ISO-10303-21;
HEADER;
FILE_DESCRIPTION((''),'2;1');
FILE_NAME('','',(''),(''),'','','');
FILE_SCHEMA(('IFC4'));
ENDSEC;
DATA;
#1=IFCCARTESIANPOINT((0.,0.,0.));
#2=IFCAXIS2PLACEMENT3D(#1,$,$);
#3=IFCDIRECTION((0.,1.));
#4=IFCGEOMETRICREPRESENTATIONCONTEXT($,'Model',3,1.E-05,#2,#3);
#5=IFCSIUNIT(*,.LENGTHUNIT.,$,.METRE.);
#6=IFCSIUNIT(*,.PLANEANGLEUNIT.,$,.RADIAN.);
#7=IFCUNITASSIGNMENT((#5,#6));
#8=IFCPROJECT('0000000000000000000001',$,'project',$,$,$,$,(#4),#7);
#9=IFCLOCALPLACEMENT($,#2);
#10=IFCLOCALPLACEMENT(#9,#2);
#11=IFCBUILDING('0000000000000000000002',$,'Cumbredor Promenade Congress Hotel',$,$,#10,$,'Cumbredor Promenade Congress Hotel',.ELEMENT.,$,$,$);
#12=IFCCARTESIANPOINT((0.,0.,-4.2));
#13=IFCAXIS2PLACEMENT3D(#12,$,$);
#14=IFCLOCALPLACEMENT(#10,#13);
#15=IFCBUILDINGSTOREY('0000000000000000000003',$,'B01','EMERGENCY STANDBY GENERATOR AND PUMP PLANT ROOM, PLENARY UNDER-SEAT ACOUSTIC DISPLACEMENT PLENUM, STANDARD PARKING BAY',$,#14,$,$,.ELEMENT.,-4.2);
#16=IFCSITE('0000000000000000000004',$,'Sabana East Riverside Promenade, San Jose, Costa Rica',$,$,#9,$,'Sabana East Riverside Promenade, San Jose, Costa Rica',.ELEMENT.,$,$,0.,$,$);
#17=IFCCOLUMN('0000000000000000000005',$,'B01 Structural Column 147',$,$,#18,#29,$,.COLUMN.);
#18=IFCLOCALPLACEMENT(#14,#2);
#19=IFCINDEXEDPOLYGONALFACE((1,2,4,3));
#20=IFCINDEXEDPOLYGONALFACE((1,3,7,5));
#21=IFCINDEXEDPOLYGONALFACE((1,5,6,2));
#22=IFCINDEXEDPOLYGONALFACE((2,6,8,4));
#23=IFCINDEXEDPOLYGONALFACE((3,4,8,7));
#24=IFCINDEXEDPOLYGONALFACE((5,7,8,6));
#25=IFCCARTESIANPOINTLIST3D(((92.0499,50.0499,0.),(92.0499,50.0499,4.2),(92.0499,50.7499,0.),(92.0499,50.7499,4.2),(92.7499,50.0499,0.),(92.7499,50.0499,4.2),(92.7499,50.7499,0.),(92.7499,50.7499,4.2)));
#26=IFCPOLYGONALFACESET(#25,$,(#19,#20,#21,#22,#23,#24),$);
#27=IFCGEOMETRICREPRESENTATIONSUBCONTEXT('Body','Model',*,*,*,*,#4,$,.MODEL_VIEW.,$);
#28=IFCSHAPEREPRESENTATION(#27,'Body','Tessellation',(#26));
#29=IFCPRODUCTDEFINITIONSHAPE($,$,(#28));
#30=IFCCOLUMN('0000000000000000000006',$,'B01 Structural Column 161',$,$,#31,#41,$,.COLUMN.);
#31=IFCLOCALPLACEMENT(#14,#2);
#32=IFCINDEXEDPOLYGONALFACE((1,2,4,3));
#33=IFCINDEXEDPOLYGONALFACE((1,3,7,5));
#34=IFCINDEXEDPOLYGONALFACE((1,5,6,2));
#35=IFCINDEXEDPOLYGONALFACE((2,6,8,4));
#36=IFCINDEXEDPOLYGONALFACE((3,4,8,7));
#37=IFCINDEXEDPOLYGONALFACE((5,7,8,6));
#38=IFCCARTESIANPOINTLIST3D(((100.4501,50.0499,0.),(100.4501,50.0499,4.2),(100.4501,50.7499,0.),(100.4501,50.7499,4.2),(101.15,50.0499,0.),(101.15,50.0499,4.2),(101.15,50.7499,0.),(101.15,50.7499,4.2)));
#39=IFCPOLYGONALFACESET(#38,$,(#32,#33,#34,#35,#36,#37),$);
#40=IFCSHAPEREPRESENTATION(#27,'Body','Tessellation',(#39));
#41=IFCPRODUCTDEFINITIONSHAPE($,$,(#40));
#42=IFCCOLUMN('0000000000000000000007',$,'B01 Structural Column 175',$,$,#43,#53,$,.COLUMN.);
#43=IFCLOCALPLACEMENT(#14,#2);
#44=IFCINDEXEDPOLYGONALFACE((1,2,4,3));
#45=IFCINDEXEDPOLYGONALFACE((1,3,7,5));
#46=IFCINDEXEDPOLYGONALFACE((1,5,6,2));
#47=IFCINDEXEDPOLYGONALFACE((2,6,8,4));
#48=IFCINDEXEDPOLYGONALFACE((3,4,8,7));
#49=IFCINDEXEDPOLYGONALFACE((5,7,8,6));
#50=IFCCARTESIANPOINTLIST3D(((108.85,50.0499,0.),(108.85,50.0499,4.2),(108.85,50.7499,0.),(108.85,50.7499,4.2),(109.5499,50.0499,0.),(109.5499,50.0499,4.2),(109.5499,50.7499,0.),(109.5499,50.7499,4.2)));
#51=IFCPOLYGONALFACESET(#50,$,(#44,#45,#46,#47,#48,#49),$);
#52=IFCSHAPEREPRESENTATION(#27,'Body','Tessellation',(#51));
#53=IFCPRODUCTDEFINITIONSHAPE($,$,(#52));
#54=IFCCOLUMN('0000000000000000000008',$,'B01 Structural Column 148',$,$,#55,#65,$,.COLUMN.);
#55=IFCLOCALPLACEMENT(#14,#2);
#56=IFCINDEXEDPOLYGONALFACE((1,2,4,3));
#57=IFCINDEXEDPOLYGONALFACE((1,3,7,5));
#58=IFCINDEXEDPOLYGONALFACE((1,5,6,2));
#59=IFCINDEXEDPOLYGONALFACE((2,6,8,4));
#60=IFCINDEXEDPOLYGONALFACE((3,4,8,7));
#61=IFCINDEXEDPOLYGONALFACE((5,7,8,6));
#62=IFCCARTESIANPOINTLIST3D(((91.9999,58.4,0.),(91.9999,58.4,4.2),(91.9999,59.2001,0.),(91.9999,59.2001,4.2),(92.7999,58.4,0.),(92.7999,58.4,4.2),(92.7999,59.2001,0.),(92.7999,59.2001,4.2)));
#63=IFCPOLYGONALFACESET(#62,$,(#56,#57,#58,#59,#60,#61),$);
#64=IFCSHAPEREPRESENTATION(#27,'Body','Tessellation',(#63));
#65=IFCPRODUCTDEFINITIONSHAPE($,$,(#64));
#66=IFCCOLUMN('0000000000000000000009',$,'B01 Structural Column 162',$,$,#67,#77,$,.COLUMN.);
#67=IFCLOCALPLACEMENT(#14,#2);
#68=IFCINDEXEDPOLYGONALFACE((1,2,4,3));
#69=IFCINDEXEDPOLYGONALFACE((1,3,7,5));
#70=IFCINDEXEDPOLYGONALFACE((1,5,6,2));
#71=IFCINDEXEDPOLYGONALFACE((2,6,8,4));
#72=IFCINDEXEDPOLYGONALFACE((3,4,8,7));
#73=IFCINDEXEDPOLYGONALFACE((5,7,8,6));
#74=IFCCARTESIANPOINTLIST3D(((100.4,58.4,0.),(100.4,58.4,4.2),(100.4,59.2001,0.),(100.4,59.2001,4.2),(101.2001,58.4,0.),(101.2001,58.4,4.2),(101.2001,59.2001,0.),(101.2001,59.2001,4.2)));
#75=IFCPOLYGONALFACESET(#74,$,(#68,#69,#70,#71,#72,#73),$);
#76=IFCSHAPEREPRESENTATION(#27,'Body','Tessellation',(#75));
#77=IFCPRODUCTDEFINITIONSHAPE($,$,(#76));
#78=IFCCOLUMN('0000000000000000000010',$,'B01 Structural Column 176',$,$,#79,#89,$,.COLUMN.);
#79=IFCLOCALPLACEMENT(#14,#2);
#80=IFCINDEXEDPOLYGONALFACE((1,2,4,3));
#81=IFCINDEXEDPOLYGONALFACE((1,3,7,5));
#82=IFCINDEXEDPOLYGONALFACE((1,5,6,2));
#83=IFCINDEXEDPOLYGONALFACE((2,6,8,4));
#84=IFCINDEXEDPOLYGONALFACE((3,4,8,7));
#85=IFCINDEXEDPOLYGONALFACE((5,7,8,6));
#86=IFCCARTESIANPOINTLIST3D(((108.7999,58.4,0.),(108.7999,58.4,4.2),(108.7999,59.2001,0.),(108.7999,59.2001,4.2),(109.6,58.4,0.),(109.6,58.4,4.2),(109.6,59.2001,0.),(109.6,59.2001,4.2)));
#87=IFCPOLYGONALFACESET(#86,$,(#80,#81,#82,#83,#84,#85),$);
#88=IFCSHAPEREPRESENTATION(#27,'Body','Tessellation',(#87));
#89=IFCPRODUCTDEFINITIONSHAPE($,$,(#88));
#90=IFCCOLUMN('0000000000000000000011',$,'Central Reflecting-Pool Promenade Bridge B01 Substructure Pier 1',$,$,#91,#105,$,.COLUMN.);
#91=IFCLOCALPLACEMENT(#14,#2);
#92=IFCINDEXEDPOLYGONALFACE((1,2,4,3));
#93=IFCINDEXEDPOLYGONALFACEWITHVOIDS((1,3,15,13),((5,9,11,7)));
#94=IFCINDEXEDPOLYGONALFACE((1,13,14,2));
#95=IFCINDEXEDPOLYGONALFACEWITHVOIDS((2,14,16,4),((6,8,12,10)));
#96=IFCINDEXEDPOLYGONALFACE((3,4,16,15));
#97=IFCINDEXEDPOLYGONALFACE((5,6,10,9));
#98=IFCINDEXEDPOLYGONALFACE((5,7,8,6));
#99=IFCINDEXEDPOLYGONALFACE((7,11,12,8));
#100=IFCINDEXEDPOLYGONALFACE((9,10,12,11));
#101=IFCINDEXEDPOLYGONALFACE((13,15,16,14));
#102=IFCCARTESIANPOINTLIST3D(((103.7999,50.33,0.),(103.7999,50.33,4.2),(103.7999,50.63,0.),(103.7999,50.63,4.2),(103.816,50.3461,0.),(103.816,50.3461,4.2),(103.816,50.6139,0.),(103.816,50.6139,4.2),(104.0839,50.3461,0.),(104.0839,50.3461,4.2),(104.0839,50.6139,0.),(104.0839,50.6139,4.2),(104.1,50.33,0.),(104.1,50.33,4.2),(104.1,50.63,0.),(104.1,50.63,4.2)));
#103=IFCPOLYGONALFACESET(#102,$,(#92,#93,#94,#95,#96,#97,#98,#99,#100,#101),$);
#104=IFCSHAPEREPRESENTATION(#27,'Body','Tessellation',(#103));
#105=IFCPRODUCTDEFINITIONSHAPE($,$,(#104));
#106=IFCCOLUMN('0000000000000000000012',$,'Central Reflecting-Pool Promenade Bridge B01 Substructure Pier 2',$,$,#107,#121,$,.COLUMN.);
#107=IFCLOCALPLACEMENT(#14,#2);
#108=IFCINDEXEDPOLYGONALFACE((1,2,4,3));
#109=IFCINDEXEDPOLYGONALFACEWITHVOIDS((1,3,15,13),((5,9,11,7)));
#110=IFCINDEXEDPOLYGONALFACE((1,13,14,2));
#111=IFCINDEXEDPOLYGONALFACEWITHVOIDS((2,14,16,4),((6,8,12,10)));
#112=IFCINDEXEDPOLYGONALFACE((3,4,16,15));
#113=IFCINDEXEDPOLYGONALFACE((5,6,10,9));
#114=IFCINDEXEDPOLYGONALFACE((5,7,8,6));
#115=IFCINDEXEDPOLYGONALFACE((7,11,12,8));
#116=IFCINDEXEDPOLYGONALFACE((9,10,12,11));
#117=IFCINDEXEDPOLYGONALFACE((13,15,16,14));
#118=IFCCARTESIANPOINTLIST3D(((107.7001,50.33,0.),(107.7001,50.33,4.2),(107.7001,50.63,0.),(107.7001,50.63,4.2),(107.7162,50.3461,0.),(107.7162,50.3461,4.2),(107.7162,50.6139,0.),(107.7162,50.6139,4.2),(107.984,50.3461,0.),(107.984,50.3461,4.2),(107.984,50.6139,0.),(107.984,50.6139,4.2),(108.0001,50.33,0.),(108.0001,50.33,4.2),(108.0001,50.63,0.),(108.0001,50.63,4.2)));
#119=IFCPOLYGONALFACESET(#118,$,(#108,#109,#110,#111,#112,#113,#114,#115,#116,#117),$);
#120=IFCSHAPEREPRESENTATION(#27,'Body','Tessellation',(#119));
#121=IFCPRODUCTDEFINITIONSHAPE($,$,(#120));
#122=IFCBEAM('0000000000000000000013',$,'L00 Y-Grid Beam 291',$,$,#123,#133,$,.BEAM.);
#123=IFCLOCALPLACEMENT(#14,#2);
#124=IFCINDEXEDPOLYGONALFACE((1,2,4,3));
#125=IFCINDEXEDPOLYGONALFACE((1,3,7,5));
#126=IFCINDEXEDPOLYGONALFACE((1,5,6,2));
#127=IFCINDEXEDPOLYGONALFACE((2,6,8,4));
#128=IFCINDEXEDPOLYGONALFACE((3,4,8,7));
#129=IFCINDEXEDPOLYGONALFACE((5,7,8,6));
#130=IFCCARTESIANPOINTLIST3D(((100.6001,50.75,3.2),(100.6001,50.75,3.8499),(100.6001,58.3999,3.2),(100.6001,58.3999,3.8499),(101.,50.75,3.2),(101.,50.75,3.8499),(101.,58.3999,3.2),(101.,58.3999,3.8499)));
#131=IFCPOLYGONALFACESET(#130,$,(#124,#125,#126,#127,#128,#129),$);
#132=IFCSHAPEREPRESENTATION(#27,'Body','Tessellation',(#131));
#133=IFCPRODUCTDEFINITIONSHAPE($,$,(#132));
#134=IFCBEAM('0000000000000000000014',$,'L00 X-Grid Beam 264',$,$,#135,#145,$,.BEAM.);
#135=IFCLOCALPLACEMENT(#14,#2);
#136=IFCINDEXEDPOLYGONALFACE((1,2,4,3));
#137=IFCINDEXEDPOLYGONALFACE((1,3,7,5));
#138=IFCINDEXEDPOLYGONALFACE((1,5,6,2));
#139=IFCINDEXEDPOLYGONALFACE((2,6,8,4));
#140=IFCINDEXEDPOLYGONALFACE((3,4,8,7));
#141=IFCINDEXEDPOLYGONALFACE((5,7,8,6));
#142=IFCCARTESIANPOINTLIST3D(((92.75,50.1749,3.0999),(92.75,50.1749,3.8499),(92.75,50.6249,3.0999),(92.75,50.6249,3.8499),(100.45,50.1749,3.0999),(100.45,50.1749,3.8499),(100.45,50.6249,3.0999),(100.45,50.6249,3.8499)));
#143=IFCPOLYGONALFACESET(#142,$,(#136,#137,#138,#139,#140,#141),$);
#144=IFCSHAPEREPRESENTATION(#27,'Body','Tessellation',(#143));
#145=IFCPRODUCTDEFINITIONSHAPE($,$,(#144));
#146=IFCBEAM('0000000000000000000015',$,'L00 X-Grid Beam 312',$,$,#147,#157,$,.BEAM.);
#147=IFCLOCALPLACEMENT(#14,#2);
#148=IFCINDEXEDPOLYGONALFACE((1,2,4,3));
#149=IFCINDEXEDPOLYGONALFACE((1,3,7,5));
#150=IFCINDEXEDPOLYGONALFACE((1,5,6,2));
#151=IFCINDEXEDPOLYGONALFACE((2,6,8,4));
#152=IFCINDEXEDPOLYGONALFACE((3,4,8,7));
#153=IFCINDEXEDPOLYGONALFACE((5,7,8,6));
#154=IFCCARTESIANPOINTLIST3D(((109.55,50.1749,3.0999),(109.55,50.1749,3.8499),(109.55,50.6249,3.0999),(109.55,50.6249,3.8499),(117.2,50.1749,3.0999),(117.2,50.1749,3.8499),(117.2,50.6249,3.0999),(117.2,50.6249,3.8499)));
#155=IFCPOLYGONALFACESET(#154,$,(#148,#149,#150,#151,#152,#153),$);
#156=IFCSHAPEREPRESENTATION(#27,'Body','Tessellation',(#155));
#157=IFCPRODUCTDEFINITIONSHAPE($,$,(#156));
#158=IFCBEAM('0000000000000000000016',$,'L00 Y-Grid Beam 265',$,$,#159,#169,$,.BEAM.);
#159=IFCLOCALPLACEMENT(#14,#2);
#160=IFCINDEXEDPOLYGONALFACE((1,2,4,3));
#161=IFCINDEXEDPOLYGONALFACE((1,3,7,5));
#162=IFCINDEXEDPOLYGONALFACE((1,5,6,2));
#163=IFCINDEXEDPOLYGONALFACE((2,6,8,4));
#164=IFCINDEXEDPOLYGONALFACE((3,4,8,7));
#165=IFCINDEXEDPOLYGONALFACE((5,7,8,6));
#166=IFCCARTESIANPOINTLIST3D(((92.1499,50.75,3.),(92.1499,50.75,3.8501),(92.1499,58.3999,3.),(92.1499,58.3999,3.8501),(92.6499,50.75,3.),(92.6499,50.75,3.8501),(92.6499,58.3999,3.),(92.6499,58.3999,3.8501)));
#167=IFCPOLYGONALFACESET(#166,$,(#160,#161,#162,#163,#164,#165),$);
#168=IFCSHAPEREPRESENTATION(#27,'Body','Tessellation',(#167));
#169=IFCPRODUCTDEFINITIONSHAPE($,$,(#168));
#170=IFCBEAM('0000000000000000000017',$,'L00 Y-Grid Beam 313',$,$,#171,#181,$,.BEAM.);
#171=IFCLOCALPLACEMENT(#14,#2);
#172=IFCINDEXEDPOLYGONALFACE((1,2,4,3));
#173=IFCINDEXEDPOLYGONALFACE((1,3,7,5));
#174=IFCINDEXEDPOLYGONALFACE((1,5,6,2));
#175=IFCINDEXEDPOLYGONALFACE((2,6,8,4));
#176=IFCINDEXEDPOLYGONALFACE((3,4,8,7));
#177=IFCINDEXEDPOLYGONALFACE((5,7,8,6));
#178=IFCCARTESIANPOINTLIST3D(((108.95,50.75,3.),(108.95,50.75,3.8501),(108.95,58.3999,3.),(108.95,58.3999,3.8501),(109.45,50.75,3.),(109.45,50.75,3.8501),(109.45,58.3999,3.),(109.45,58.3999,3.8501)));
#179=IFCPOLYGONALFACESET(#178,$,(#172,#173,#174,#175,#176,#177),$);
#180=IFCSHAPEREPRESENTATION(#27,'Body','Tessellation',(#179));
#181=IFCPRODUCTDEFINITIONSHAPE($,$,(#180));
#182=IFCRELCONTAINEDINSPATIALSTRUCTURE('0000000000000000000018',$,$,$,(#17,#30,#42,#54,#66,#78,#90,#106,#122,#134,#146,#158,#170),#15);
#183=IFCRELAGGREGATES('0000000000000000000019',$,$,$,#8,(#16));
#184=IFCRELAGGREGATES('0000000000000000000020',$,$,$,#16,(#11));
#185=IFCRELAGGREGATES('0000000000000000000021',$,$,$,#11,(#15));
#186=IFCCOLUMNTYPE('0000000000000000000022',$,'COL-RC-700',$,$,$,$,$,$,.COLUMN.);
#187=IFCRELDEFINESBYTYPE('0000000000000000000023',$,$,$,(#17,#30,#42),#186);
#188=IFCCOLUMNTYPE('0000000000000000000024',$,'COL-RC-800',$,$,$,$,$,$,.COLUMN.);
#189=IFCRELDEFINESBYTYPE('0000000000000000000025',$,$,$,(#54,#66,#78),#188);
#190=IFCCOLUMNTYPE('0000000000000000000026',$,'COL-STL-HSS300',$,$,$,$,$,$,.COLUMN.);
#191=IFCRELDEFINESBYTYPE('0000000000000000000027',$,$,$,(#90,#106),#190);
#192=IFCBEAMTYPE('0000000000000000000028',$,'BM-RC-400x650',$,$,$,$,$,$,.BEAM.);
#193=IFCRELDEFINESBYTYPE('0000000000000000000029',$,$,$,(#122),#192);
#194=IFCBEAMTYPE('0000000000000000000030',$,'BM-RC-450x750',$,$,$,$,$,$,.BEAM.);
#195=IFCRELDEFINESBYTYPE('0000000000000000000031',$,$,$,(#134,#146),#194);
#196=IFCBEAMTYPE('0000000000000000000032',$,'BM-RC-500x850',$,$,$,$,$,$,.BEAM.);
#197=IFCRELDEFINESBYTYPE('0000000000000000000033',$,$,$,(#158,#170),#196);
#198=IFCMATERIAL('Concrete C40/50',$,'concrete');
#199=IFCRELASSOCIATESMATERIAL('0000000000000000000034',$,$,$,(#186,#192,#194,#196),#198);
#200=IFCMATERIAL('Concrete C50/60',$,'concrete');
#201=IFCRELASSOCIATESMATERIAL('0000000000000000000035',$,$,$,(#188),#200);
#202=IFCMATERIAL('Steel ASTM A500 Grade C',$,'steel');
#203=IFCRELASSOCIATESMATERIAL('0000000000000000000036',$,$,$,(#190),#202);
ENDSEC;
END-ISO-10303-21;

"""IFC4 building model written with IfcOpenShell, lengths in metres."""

from ifc_helpers import new_model, si_unit, direction, frame, origin, origin_2d, place, context, subcontext, project, spatial, rectangle, hollow_rectangle, extrude, material, material_profile, profile_set, type_object, element, save


model = new_model("IFC4")

# Units and contexts
model_context = context("Model", 3, precision=1e-05, world=origin(), true_north=direction((0.0, 1.0)))
body_context = subcontext(model_context, "Body", "Model", "MODEL_VIEW")
ifc_project = project(units=[si_unit("LENGTHUNIT", "METRE"), si_unit("PLANEANGLEUNIT", "RADIAN")], contexts=[model_context])

# Site, building, storey
site_placement = place(None, origin())
site = spatial("IfcSite", under=ifc_project, at=site_placement, Name="Sabana East Riverside Promenade, San Jose, Costa Rica", LongName="Sabana East Riverside Promenade, San Jose, Costa Rica", CompositionType="ELEMENT", RefElevation=0.0)
building_placement = place(site_placement, origin())
building = spatial("IfcBuilding", under=site, at=building_placement, Name="Cumbredor Promenade Congress Hotel", LongName="Cumbredor Promenade Congress Hotel", CompositionType="ELEMENT")
storey_placement = place(building_placement, frame((0.0, 0.0, -4.2)))
storey = spatial("IfcBuildingStorey", under=building, at=storey_placement, Name="B01", Description="EMERGENCY STANDBY GENERATOR AND PUMP PLANT ROOM, PLENARY UNDER-SEAT ACOUSTIC DISPLACEMENT PLENUM, STANDARD PARKING BAY", CompositionType="ELEMENT", Elevation=-4.2)

# Columns
ifc_material_1 = material(Name="Concrete C40/50", Category="concrete")
ifc_material_profile_1 = material_profile(ifc_material_1, rectangle(XDim=0.7, YDim=0.7, at=origin_2d()), Name="RC 700x700")
ifc_profile_set_1 = profile_set([ifc_material_profile_1], Name="Concrete C40/50")
column_type_1 = type_object("IfcColumnType", Name="COL-RC-700", PredefinedType="COLUMN", material=ifc_profile_set_1)
for number, where, z_axis, x_axis, name in (
    (1, (92.3999, 50.3999, 0.0), (0.0, 0.0, 1.0), (1.0, 0.0, 0.0), "B01 Structural Column 147"),
    (2, (100.8, 50.3999, 0.0), (0.0, 0.0, 1.0), (1.0, 0.0, 0.0), "B01 Structural Column 161"),
    (3, (109.2, 50.3999, 0.0), (0.0, 0.0, 1.0), (1.0, 0.0, 0.0), "B01 Structural Column 175"),
):
    element("IfcColumn", number, at=place(storey_placement, frame(where, z_axis=z_axis, x_axis=x_axis)), inside=storey, type_object=column_type_1, Name=name, PredefinedType="COLUMN", context=body_context, shape_type="SweptSolid", body=[
        extrude(rectangle(XDim=0.7, YDim=0.7, at=origin_2d()), origin(), (0.0, 0.0, 1.0), 4.2),
    ])
ifc_material_2 = material(Name="Concrete C50/60", Category="concrete")
ifc_material_profile_2 = material_profile(ifc_material_2, rectangle(XDim=0.8, YDim=0.8, at=origin_2d()), Name="RC 800x800")
ifc_profile_set_2 = profile_set([ifc_material_profile_2], Name="Concrete C50/60")
column_type_2 = type_object("IfcColumnType", Name="COL-RC-800", PredefinedType="COLUMN", material=ifc_profile_set_2)
for number, where, z_axis, x_axis, name in (
    (4, (92.3999, 58.8, 0.0), (0.0, 0.0, 1.0), (1.0, 0.0, 0.0), "B01 Structural Column 148"),
    (5, (100.8, 58.8, 0.0), (0.0, 0.0, 1.0), (1.0, 0.0, 0.0), "B01 Structural Column 162"),
    (6, (109.2, 58.8, 0.0), (0.0, 0.0, 1.0), (1.0, 0.0, 0.0), "B01 Structural Column 176"),
):
    element("IfcColumn", number, at=place(storey_placement, frame(where, z_axis=z_axis, x_axis=x_axis)), inside=storey, type_object=column_type_2, Name=name, PredefinedType="COLUMN", context=body_context, shape_type="SweptSolid", body=[
        extrude(rectangle(XDim=0.8, YDim=0.8, at=origin_2d()), origin(), (0.0, 0.0, 1.0), 4.2),
    ])
ifc_material_3 = material(Name="Steel ASTM A500 Grade C", Category="steel")
ifc_material_profile_3 = material_profile(ifc_material_3, hollow_rectangle(XDim=0.3, YDim=0.3, WallThickness=0.0161, at=origin_2d()), Name="HSS 300x300x16")
ifc_profile_set_3 = profile_set([ifc_material_profile_3], Name="Steel ASTM A500 Grade C")
column_type_3 = type_object("IfcColumnType", Name="COL-STL-HSS300", PredefinedType="COLUMN", material=ifc_profile_set_3)
for number, where, z_axis, x_axis, name in (
    (7, (103.95, 50.48, 0.0), (0.0, 0.0, 1.0), (1.0, 0.0, 0.0), "Central Reflecting-Pool Promenade Bridge B01 Substructure Pier 1"),
    (8, (107.8501, 50.48, 0.0), (0.0, 0.0, 1.0), (1.0, 0.0, 0.0), "Central Reflecting-Pool Promenade Bridge B01 Substructure Pier 2"),
):
    element("IfcColumn", number, at=place(storey_placement, frame(where, z_axis=z_axis, x_axis=x_axis)), inside=storey, type_object=column_type_3, Name=name, PredefinedType="COLUMN", context=body_context, shape_type="SweptSolid", body=[
        extrude(hollow_rectangle(XDim=0.3, YDim=0.3, WallThickness=0.0161, at=origin_2d()), origin(), (0.0, 0.0, 1.0), 4.2),
    ])

# Beams
ifc_material_profile_4 = material_profile(ifc_material_1, rectangle(XDim=0.3999, YDim=0.6499, at=origin_2d()), Name="RC BEAM 400x650")
ifc_profile_set_4 = profile_set([ifc_material_profile_4], Name="Concrete C40/50")
beam_type_1 = type_object("IfcBeamType", Name="BM-RC-400x650", PredefinedType="BEAM", material=ifc_profile_set_4)
beam_1_placement = place(storey_placement, frame((100.8, 50.75, 3.5249), z_axis=(0.0, 1.0, 0.0), x_axis=(-1.0, 0.0, 0.0)))
element("IfcBeam", 9, at=beam_1_placement, inside=storey, type_object=beam_type_1, Name="L00 Y-Grid Beam 291", PredefinedType="BEAM", context=body_context, shape_type="SweptSolid", body=[
    extrude(rectangle(XDim=0.3999, YDim=0.6499, at=origin_2d()), origin(), (0.0, 0.0, 1.0), 7.6499),
])
ifc_material_profile_5 = material_profile(ifc_material_1, rectangle(XDim=0.45, YDim=0.75, at=origin_2d()), Name="RC BEAM 450x750")
ifc_profile_set_5 = profile_set([ifc_material_profile_5], Name="Concrete C40/50")
beam_type_2 = type_object("IfcBeamType", Name="BM-RC-450x750", PredefinedType="BEAM", material=ifc_profile_set_5)
beam_2_placement = place(storey_placement, frame((92.75, 50.3999, 3.4749), z_axis=(1.0, 0.0, 0.0), x_axis=(0.0, 1.0, 0.0)))
element("IfcBeam", 10, at=beam_2_placement, inside=storey, type_object=beam_type_2, Name="L00 X-Grid Beam 264", PredefinedType="BEAM", context=body_context, shape_type="SweptSolid", body=[
    extrude(rectangle(XDim=0.45, YDim=0.75, at=origin_2d()), origin(), (0.0, 0.0, 1.0), 7.7),
])
beam_3_placement = place(storey_placement, frame((109.55, 50.3999, 3.4749), z_axis=(1.0, 0.0, 0.0), x_axis=(0.0, 1.0, 0.0)))
element("IfcBeam", 11, at=beam_3_placement, inside=storey, type_object=beam_type_2, Name="L00 X-Grid Beam 312", PredefinedType="BEAM", context=body_context, shape_type="SweptSolid", body=[
    extrude(rectangle(XDim=0.45, YDim=0.75, at=origin_2d()), origin(), (0.0, 0.0, 1.0), 7.6499),
])
ifc_material_profile_6 = material_profile(ifc_material_1, rectangle(XDim=0.5, YDim=0.8501, at=origin_2d()), Name="RC BEAM 500x850")
ifc_profile_set_6 = profile_set([ifc_material_profile_6], Name="Concrete C40/50")
beam_type_3 = type_object("IfcBeamType", Name="BM-RC-500x850", PredefinedType="BEAM", material=ifc_profile_set_6)
for number, where, z_axis, x_axis, name in (
    (12, (92.3999, 50.75, 3.425), (0.0, 1.0, 0.0), (-1.0, 0.0, 0.0), "L00 Y-Grid Beam 265"),
    (13, (109.2, 50.75, 3.425), (0.0, 1.0, 0.0), (-1.0, 0.0, 0.0), "L00 Y-Grid Beam 313"),
):
    element("IfcBeam", number, at=place(storey_placement, frame(where, z_axis=z_axis, x_axis=x_axis)), inside=storey, type_object=beam_type_3, Name=name, PredefinedType="BEAM", context=body_context, shape_type="SweptSolid", body=[
        extrude(rectangle(XDim=0.5, YDim=0.8501, at=origin_2d()), origin(), (0.0, 0.0, 1.0), 7.6499),
    ])

save(model, "model.ifc")
